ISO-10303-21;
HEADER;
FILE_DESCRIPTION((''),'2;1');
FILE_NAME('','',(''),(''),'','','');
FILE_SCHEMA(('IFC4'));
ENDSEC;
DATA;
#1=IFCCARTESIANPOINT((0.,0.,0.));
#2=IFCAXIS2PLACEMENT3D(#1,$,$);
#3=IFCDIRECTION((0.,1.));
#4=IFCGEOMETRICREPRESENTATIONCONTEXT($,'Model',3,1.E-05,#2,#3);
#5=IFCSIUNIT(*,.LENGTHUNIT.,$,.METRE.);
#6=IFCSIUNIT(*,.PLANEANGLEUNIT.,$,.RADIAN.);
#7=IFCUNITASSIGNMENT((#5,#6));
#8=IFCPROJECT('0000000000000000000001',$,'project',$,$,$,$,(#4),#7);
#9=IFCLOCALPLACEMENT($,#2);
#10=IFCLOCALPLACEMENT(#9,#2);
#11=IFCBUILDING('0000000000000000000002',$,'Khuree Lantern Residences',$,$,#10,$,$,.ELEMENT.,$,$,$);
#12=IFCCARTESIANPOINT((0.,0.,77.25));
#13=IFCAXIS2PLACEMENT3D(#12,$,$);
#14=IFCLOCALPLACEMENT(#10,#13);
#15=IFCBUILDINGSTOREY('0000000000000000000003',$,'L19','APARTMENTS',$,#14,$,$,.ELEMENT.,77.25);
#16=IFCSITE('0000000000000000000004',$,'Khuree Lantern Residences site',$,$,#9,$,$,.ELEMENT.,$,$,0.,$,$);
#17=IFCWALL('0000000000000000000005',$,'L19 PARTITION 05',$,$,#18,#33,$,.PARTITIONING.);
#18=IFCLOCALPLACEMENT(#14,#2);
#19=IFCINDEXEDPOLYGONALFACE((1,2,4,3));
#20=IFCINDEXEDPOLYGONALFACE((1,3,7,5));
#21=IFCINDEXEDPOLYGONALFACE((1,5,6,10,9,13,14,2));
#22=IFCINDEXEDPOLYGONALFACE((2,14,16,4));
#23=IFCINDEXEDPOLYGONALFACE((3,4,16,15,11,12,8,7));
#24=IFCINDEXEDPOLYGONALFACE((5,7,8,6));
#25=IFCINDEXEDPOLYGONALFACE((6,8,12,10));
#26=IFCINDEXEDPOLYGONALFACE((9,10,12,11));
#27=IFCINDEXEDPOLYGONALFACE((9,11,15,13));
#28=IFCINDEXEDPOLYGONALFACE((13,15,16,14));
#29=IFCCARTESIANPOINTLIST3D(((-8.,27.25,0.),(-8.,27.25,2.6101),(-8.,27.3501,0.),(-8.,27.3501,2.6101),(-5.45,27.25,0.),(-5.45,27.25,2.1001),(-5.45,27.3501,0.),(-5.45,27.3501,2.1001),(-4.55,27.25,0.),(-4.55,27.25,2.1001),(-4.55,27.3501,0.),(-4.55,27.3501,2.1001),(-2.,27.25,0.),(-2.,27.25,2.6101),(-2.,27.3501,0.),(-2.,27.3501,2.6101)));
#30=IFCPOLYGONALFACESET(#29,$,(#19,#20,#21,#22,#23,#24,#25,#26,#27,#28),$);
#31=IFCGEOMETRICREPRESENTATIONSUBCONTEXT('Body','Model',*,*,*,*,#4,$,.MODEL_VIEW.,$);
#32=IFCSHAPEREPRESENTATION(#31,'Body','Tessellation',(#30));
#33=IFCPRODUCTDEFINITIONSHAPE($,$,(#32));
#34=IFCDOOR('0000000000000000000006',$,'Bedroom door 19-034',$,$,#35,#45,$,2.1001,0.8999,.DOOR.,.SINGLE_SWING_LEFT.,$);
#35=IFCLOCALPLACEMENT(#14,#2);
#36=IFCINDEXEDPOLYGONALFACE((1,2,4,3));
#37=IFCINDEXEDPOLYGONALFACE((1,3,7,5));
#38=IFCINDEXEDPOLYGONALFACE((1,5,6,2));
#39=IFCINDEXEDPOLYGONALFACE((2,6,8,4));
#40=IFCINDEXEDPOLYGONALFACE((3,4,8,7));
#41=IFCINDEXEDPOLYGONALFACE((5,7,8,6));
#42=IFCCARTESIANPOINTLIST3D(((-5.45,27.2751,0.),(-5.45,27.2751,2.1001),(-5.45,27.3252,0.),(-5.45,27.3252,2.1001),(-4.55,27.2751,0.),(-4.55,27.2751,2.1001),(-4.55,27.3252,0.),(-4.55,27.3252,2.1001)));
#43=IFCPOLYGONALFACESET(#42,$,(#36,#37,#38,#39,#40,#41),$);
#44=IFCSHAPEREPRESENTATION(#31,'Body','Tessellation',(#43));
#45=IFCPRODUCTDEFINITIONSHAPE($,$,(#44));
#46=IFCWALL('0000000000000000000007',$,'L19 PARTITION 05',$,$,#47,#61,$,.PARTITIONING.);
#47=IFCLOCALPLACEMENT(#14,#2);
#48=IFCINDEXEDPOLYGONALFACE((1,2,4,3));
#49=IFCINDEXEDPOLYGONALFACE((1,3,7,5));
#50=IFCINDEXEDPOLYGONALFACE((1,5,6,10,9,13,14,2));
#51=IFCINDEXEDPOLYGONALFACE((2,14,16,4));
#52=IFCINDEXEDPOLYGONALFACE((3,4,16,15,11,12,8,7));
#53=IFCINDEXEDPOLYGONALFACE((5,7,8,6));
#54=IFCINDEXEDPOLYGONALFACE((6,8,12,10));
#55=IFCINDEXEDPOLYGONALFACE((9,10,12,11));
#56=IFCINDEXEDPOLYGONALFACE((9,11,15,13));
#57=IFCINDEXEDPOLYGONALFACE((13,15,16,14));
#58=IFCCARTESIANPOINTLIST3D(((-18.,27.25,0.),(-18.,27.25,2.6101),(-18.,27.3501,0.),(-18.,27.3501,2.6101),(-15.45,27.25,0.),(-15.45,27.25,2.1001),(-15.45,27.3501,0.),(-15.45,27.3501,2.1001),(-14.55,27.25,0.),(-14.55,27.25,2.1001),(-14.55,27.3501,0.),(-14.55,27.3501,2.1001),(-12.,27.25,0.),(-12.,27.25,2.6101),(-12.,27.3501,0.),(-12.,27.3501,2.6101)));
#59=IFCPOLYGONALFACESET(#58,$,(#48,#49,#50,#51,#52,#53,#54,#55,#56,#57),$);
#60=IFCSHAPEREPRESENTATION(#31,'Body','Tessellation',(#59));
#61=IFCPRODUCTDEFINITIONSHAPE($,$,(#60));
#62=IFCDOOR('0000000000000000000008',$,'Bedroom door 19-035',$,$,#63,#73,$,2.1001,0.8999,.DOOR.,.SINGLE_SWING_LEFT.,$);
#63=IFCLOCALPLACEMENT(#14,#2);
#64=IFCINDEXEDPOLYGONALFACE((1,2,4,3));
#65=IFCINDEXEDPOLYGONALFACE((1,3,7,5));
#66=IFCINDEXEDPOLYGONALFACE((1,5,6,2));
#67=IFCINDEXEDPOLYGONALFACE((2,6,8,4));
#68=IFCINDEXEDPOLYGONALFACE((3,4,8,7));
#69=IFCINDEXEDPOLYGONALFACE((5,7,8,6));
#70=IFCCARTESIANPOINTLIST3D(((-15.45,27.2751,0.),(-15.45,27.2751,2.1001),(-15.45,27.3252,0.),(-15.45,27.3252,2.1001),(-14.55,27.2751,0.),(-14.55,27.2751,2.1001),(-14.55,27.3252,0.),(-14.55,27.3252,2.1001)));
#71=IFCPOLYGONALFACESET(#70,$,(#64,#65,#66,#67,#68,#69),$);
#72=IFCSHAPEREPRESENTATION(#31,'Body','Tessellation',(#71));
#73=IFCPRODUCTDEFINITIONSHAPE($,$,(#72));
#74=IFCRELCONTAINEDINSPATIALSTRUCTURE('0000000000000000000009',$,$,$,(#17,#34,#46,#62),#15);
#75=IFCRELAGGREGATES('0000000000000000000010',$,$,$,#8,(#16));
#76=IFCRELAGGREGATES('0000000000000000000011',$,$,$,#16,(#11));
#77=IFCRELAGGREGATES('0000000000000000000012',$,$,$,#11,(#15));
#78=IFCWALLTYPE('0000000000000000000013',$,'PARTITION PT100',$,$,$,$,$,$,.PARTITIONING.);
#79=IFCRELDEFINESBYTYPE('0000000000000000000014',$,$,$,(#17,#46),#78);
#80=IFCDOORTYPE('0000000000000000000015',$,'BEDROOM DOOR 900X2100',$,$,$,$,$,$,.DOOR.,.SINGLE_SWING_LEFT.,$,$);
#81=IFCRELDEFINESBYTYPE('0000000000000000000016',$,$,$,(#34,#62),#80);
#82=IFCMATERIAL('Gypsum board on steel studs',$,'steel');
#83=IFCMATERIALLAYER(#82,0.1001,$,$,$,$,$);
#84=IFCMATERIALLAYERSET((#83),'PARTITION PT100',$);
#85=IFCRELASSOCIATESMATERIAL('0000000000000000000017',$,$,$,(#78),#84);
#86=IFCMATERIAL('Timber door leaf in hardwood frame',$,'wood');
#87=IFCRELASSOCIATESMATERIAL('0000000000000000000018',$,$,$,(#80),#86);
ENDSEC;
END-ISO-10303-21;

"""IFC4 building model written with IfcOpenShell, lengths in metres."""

from ifc_helpers import new_model, si_unit, direction, frame, frame_2d, origin, place, context, subcontext, project, spatial, rectangle, extrude, material, layer, layer_set, type_object, element, fill, save


model = new_model("IFC4")

# Units and contexts
model_context = context("Model", 3, precision=1e-05, world=origin(), true_north=direction((0.0, 1.0)))
body_context = subcontext(model_context, "Body", "Model", "MODEL_VIEW")
ifc_project = project(units=[si_unit("LENGTHUNIT", "METRE"), si_unit("PLANEANGLEUNIT", "RADIAN")], contexts=[model_context])

# Site, building, storey
site_placement = place(None, origin())
site = spatial("IfcSite", under=ifc_project, at=site_placement, Name="Khuree Lantern Residences site", CompositionType="ELEMENT", RefElevation=0.0)
building_placement = place(site_placement, origin())
building = spatial("IfcBuilding", under=site, at=building_placement, Name="Khuree Lantern Residences", CompositionType="ELEMENT")
storey_placement = place(building_placement, frame((0.0, 0.0, 77.25)))
storey = spatial("IfcBuildingStorey", under=building, at=storey_placement, Name="L19", Description="APARTMENTS", CompositionType="ELEMENT", Elevation=77.25)

# Shared definitions
ifc_material_1 = material(Name="Gypsum board on steel studs", Category="steel")
ifc_layer_1 = layer(ifc_material_1, 0.1001)
ifc_layer_set_1 = layer_set([ifc_layer_1], Name="PARTITION PT100")
wall_type = type_object("IfcWallType", Name="PARTITION PT100", PredefinedType="PARTITIONING", material=ifc_layer_set_1)

# Walls, openings, doors
wall_1_placement = place(storey_placement, frame((-2.0, 27.3, 0.0), z_axis=(0.0, 0.0, 1.0), x_axis=(-1.0, 0.0, 0.0)))
wall_1 = element("IfcWall", 1, at=wall_1_placement, inside=storey, type_object=wall_type, Name="L19 PARTITION 05", PredefinedType="PARTITIONING", context=body_context, shape_type="SweptSolid", body=[
    extrude(rectangle(XDim=6.0, YDim=0.1001, at=frame_2d((3.0, 0.0))), origin(), (0.0, 0.0, 1.0), 2.6101),
])
opening_1_placement = place(wall_1_placement, frame((2.55, 0.0, 0.0)))
opening_1 = element("IfcOpeningElement", 2, at=opening_1_placement, cuts=wall_1, PredefinedType="OPENING", context=body_context, shape_type="SweptSolid", body=[
    extrude(rectangle(XDim=0.8999, YDim=2.1001, at=frame_2d((0.45, 1.05))), frame((0.0, 0.0601, 0.0), z_axis=(0.0, -1.0, 0.0), x_axis=(1.0, 0.0, 0.0)), (0.0, 0.0, 1.0), 0.1201),
])
ifc_material_2 = material(Name="Timber door leaf in hardwood frame", Category="wood")
door_type = type_object("IfcDoorType", Name="BEDROOM DOOR 900X2100", OperationType="SINGLE_SWING_LEFT", PredefinedType="DOOR", material=ifc_material_2)
door_1_placement = place(opening_1_placement, origin())
door_1 = element("IfcDoor", 3, at=door_1_placement, inside=storey, type_object=door_type, Name="Bedroom door 19-034", OperationType="SINGLE_SWING_LEFT", OverallHeight=2.1001, OverallWidth=0.8999, PredefinedType="DOOR", context=body_context, shape_type="SweptSolid", body=[
    extrude(rectangle(XDim=0.8999, YDim=2.1001, at=frame_2d((0.45, 1.05))), frame((0.0, 0.0249, 0.0), z_axis=(0.0, -1.0, 0.0), x_axis=(1.0, 0.0, 0.0)), (0.0, 0.0, 1.0), 0.05),
])
fill(opening_1, door_1)
wall_2_placement = place(storey_placement, frame((-12.0, 27.3, 0.0), z_axis=(0.0, 0.0, 1.0), x_axis=(-1.0, 0.0, 0.0)))
wall_2 = element("IfcWall", 4, at=wall_2_placement, inside=storey, type_object=wall_type, Name="L19 PARTITION 05", PredefinedType="PARTITIONING", context=body_context, shape_type="SweptSolid", body=[
    extrude(rectangle(XDim=6.0, YDim=0.1001, at=frame_2d((3.0, 0.0))), origin(), (0.0, 0.0, 1.0), 2.6101),
])
opening_2_placement = place(wall_2_placement, frame((2.55, 0.0, 0.0)))
opening_2 = element("IfcOpeningElement", 5, at=opening_2_placement, cuts=wall_2, PredefinedType="OPENING", context=body_context, shape_type="SweptSolid", body=[
    extrude(rectangle(XDim=0.8999, YDim=2.1001, at=frame_2d((0.45, 1.05))), frame((0.0, 0.0601, 0.0), z_axis=(0.0, -1.0, 0.0), x_axis=(1.0, 0.0, 0.0)), (0.0, 0.0, 1.0), 0.1201),
])
door_2_placement = place(opening_2_placement, origin())
door_2 = element("IfcDoor", 6, at=door_2_placement, inside=storey, type_object=door_type, Name="Bedroom door 19-035", OperationType="SINGLE_SWING_LEFT", OverallHeight=2.1001, OverallWidth=0.8999, PredefinedType="DOOR", context=body_context, shape_type="SweptSolid", body=[
    extrude(rectangle(XDim=0.8999, YDim=2.1001, at=frame_2d((0.45, 1.05))), frame((0.0, 0.0249, 0.0), z_axis=(0.0, -1.0, 0.0), x_axis=(1.0, 0.0, 0.0)), (0.0, 0.0, 1.0), 0.05),
])
fill(opening_2, door_2)

save(model, "model.ifc")
